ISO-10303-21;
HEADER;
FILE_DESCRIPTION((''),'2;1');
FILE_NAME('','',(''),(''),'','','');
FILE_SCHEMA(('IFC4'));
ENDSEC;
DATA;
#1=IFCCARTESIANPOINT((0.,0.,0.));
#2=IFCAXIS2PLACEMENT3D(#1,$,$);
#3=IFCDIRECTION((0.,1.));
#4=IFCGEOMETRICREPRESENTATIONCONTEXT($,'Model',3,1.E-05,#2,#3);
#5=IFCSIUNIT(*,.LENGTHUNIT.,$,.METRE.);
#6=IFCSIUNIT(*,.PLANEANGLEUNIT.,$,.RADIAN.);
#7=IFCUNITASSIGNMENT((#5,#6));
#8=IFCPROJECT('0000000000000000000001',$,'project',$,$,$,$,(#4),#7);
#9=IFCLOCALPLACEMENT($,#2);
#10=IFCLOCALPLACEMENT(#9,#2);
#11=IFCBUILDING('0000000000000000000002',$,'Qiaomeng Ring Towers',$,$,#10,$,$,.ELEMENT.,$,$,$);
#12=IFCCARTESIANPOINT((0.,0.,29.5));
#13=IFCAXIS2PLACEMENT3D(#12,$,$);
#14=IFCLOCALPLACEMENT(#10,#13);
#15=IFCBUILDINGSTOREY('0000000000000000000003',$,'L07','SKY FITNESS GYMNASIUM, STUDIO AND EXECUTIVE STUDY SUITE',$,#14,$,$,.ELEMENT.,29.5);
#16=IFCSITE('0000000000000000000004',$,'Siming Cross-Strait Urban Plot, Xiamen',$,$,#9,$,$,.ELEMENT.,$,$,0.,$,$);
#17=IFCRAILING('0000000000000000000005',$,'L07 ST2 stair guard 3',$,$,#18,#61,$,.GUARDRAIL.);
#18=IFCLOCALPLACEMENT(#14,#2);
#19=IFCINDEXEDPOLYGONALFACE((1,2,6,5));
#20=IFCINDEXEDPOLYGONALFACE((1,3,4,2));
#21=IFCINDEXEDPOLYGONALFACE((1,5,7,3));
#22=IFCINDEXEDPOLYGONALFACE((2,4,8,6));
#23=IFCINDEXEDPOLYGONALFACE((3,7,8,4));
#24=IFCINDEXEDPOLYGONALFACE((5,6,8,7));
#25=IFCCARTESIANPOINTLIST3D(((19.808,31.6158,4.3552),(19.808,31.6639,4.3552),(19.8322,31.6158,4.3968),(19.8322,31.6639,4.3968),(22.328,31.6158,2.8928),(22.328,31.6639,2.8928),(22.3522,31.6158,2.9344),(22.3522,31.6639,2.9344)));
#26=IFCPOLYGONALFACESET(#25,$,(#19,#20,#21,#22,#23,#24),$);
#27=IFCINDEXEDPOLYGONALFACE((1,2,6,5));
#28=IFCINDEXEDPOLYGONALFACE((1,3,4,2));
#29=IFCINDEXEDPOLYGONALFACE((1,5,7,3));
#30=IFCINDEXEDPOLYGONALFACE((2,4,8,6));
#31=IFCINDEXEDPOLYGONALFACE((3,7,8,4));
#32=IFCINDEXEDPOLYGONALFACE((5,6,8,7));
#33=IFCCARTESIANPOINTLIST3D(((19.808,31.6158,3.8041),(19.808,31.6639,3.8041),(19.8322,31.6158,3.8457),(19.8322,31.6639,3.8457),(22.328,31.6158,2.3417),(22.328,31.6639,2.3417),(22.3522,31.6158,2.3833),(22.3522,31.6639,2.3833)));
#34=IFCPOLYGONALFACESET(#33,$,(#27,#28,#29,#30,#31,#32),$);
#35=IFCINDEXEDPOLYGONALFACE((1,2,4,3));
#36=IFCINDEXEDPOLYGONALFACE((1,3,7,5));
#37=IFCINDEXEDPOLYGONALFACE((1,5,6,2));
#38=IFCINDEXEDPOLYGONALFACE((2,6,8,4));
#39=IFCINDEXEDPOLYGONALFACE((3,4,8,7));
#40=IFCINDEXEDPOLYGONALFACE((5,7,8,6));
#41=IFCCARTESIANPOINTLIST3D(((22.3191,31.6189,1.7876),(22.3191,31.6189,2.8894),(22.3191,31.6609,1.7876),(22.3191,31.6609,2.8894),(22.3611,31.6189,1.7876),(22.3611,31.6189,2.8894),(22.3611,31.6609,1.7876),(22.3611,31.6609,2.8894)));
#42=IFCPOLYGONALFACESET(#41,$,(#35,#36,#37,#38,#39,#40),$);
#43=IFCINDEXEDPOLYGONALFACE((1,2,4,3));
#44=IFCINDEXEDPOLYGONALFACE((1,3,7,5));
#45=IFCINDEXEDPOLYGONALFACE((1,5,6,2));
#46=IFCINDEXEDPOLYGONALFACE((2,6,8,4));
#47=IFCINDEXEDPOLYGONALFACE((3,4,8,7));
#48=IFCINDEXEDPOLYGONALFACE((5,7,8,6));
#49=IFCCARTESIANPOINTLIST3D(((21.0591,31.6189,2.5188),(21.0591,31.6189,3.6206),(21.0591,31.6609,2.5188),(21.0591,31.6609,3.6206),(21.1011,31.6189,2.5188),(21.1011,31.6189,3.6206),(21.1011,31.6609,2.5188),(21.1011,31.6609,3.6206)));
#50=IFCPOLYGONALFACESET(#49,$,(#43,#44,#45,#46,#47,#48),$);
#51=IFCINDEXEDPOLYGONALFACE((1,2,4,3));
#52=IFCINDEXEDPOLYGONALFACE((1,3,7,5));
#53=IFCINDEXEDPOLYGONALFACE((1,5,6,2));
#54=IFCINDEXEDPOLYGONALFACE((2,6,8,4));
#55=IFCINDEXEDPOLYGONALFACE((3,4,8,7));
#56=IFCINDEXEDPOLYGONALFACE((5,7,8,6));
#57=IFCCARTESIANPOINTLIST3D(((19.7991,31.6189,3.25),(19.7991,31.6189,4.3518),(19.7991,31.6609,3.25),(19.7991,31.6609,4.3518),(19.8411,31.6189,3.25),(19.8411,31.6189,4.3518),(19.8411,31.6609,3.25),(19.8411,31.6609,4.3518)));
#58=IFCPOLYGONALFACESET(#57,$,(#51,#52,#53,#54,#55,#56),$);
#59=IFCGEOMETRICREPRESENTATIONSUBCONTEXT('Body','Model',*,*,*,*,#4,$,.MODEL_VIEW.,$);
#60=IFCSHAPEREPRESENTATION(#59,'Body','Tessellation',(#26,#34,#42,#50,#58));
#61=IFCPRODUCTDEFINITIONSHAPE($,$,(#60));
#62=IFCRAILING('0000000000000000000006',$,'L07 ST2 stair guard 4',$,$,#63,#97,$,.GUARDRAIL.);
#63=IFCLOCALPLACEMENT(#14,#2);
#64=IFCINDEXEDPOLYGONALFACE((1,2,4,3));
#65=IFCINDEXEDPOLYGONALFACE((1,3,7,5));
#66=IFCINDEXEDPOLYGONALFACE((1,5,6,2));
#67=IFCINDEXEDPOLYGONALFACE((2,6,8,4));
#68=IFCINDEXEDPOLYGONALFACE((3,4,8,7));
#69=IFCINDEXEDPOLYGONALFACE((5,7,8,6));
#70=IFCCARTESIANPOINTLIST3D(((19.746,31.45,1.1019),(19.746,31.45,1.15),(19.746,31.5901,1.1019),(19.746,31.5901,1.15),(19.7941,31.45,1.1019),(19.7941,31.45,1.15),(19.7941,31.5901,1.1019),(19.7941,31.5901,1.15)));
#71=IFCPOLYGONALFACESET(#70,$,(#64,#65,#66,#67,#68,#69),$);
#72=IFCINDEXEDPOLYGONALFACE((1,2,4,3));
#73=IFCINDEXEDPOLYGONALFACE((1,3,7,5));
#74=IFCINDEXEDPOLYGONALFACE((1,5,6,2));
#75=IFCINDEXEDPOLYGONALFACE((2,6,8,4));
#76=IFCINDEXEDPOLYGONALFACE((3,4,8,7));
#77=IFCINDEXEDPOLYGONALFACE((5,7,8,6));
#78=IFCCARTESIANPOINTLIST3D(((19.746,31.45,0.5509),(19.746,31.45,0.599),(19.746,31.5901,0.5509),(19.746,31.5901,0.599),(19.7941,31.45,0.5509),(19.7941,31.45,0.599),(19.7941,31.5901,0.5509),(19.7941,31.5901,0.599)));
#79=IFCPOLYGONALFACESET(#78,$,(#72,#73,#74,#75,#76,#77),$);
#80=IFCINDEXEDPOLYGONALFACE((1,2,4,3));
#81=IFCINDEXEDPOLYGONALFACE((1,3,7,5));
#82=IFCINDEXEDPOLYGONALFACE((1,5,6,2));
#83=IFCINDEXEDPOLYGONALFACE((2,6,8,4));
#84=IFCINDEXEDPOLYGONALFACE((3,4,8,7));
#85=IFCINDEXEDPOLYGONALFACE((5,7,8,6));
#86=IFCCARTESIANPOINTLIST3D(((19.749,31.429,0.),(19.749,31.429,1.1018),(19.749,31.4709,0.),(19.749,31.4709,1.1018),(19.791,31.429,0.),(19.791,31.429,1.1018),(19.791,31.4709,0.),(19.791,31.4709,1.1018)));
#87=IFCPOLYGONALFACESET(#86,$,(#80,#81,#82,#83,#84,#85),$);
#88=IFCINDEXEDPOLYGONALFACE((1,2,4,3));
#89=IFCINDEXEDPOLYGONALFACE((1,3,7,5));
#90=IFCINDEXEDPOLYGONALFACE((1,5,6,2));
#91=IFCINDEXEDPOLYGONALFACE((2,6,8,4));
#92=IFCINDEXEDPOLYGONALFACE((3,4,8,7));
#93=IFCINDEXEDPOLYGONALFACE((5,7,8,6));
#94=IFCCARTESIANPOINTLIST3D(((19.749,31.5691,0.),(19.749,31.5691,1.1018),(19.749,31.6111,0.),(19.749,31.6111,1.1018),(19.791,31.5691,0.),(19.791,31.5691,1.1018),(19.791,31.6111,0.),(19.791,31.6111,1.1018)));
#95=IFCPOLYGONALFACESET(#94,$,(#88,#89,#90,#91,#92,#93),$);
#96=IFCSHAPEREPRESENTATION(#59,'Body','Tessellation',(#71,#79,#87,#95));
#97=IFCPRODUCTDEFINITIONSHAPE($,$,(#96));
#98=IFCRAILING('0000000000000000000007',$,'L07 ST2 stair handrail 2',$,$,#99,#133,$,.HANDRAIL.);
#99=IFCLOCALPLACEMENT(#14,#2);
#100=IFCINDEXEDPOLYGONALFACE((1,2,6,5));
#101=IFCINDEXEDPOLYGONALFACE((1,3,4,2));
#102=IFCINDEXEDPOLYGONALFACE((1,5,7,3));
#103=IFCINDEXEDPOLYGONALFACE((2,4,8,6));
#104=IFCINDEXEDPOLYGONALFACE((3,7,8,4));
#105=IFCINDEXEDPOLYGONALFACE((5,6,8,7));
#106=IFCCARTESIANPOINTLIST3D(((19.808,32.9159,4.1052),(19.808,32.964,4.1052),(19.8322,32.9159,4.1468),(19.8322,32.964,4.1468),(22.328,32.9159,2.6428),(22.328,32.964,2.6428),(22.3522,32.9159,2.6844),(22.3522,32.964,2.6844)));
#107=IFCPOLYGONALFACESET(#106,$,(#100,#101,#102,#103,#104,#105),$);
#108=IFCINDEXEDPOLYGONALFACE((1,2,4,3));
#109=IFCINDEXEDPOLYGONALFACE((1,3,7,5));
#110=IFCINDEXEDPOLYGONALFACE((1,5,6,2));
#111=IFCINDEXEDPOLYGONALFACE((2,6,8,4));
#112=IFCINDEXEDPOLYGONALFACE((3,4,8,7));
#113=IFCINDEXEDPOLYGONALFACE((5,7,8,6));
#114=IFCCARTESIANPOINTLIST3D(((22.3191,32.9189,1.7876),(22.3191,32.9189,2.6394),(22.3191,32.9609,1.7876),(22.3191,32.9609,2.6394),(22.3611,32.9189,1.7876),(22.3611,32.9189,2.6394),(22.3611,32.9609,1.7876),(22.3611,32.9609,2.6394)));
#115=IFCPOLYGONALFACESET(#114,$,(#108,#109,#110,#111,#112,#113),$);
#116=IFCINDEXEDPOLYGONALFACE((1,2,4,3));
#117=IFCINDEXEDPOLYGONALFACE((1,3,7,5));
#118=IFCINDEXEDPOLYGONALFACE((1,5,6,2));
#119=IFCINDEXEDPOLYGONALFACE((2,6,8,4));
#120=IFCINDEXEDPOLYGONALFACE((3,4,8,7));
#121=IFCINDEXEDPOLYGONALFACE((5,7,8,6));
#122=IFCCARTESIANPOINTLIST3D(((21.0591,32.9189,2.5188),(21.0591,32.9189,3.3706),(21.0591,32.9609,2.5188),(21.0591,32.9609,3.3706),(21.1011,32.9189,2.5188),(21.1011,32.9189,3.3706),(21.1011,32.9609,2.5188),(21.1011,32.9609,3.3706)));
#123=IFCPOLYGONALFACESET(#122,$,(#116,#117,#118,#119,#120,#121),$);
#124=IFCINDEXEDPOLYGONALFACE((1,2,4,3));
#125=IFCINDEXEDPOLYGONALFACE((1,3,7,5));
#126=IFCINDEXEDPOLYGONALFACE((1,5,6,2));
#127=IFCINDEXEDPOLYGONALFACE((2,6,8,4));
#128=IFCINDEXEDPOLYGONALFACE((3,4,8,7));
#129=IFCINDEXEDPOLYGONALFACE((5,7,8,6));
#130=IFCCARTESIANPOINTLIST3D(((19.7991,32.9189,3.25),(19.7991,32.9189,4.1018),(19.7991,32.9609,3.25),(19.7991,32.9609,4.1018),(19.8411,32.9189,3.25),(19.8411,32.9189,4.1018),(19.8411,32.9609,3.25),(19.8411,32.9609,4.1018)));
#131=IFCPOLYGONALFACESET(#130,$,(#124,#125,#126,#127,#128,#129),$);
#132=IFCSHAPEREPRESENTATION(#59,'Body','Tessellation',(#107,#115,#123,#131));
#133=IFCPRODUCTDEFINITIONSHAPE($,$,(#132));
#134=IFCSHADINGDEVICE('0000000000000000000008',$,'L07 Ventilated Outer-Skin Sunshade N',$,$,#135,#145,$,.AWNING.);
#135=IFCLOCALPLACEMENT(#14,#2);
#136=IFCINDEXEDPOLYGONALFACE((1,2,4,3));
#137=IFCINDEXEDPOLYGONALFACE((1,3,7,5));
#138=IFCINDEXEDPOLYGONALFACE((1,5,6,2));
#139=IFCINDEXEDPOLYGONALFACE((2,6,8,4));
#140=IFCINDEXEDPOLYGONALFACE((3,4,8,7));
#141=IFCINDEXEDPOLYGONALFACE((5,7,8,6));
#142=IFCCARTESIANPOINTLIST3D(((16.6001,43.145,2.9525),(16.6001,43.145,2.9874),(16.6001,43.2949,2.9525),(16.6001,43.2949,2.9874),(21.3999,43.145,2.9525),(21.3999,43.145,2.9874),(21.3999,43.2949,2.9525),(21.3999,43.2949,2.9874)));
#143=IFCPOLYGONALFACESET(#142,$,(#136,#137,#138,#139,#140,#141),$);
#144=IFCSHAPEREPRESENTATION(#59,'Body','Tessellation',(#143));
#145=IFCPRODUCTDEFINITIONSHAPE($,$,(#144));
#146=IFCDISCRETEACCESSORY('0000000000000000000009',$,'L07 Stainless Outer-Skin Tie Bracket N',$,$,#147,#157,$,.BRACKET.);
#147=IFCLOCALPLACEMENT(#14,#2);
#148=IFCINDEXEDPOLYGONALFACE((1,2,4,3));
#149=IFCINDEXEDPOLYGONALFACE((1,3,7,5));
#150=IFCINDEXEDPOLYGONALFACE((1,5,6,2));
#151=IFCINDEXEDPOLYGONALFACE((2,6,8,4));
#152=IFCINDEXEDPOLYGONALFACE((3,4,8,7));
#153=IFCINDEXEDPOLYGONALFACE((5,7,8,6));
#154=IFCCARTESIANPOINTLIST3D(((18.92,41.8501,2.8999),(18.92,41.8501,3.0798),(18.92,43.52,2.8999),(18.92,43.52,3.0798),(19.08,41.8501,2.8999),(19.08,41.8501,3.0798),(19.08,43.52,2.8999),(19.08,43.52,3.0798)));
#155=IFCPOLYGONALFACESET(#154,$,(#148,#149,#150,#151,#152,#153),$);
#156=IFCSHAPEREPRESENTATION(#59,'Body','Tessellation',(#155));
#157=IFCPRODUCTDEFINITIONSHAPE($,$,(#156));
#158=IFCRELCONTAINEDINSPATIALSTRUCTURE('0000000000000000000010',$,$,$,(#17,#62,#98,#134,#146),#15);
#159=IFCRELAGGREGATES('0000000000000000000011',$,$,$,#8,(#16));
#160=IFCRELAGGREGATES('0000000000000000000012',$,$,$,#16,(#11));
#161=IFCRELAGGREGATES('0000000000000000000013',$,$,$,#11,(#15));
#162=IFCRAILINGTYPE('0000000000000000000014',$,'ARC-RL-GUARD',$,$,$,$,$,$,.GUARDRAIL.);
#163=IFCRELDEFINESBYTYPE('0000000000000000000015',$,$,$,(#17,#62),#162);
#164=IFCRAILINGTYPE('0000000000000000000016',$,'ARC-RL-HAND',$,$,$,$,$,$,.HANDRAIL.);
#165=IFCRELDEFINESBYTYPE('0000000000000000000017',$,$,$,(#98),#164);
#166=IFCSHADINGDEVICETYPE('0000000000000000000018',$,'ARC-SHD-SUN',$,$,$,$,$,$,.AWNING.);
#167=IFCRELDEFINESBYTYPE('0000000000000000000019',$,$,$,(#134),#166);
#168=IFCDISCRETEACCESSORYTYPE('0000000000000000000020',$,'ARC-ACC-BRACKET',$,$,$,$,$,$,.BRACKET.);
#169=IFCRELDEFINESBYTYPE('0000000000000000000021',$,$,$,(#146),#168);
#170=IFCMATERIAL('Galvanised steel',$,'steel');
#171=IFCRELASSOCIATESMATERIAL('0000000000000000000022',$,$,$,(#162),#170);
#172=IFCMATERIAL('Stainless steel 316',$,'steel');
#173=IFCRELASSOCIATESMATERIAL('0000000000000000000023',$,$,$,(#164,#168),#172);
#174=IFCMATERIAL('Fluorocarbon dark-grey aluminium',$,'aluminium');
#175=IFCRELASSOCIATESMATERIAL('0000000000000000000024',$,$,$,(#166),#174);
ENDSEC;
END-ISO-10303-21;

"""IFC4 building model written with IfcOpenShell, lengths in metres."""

from ifc_helpers import new_model, si_unit, direction, frame, origin, origin_2d, place, context, subcontext, project, spatial, rectangle, extrude, source, transform, mapped, material, material_profile, profile_set, type_object, element, save


model = new_model("IFC4")

# Units and contexts
model_context = context("Model", 3, precision=1e-05, world=origin(), true_north=direction((0.0, 1.0)))
body_context = subcontext(model_context, "Body", "Model", "MODEL_VIEW")
ifc_project = project(units=[si_unit("LENGTHUNIT", "METRE"), si_unit("PLANEANGLEUNIT", "RADIAN")], contexts=[model_context])

# Site, building, storey
site_placement = place(None, origin())
site = spatial("IfcSite", under=ifc_project, at=site_placement, Name="Siming Cross-Strait Urban Plot, Xiamen", CompositionType="ELEMENT", RefElevation=0.0)
building_placement = place(site_placement, origin())
building = spatial("IfcBuilding", under=site, at=building_placement, Name="Qiaomeng Ring Towers", CompositionType="ELEMENT")
storey_placement = place(building_placement, frame((0.0, 0.0, 29.5)))
storey = spatial("IfcBuildingStorey", under=building, at=storey_placement, Name="L07", Description="SKY FITNESS GYMNASIUM, STUDIO AND EXECUTIVE STUDY SUITE", CompositionType="ELEMENT", Elevation=29.5)

# Shared definitions
ifc_material_1 = material(Name="Galvanised steel", Category="steel")

# Railings
railing_type_1 = type_object("IfcRailingType", Name="ARC-RL-GUARD", PredefinedType="GUARDRAIL", material=ifc_material_1)
railing_1_placement = place(storey_placement, frame((22.3401, 31.6399, 1.7876)))
element("IfcRailing", 1, at=railing_1_placement, inside=storey, type_object=railing_type_1, Name="L07 ST2 stair guard 3", PredefinedType="GUARDRAIL", context=body_context, shape_type="SweptSolid", body=[
    extrude(rectangle(XDim=0.0481, YDim=0.0481, at=origin_2d()), frame((0.0, 0.0, 1.126), z_axis=(-0.864913, 0.0, 0.501921), x_axis=(0.0, -1.0, 0.0)), (0.0, 0.0, 1.0), 2.9136),
    extrude(rectangle(XDim=0.0481, YDim=0.0481, at=origin_2d()), frame((0.0, 0.0, 0.575), z_axis=(-0.864913, 0.0, 0.501921), x_axis=(0.0, -1.0, 0.0)), (0.0, 0.0, 1.0), 2.9136),
    extrude(rectangle(XDim=0.042, YDim=0.042, at=origin_2d()), origin(), (0.0, 0.0, 1.0), 1.1018),
    extrude(rectangle(XDim=0.042, YDim=0.042, at=origin_2d()), frame((-1.26, 0.0, 0.7312)), (0.0, 0.0, 1.0), 1.1018),
    extrude(rectangle(XDim=0.042, YDim=0.042, at=origin_2d()), frame((-2.52, 0.0, 1.4624)), (0.0, 0.0, 1.0), 1.1018),
])
railing_2_placement = place(storey_placement, frame((19.77, 31.45, 0.0)))
element("IfcRailing", 2, at=railing_2_placement, inside=storey, type_object=railing_type_1, Name="L07 ST2 stair guard 4", PredefinedType="GUARDRAIL", context=body_context, shape_type="SweptSolid", body=[
    extrude(rectangle(XDim=0.0481, YDim=0.0481, at=origin_2d()), frame((0.0, 0.0, 1.126), z_axis=(0.0, 1.0, 0.0), x_axis=(-1.0, 0.0, 0.0)), (0.0, 0.0, 1.0), 0.1401),
    extrude(rectangle(XDim=0.0481, YDim=0.0481, at=origin_2d()), frame((0.0, 0.0, 0.575), z_axis=(0.0, 1.0, 0.0), x_axis=(-1.0, 0.0, 0.0)), (0.0, 0.0, 1.0), 0.1401),
    extrude(rectangle(XDim=0.042, YDim=0.042, at=origin_2d()), origin(), (0.0, 0.0, 1.0), 1.1018),
    extrude(rectangle(XDim=0.042, YDim=0.042, at=origin_2d()), frame((0.0, 0.1401, 0.0)), (0.0, 0.0, 1.0), 1.1018),
])
ifc_material_2 = material(Name="Stainless steel 316", Category="steel")
railing_type_2 = type_object("IfcRailingType", Name="ARC-RL-HAND", PredefinedType="HANDRAIL", material=ifc_material_2)
railing_3_placement = place(storey_placement, frame((22.3401, 32.9399, 1.7876)))
element("IfcRailing", 3, at=railing_3_placement, inside=storey, type_object=railing_type_2, Name="L07 ST2 stair handrail 2", PredefinedType="HANDRAIL", context=body_context, shape_type="SweptSolid", body=[
    extrude(rectangle(XDim=0.0481, YDim=0.0481, at=origin_2d()), frame((0.0, 0.0, 0.876), z_axis=(-0.864913, 0.0, 0.501921), x_axis=(0.0, -1.0, 0.0)), (0.0, 0.0, 1.0), 2.9136),
    extrude(rectangle(XDim=0.042, YDim=0.042, at=origin_2d()), origin(), (0.0, 0.0, 1.0), 0.8518),
    extrude(rectangle(XDim=0.042, YDim=0.042, at=origin_2d()), frame((-1.26, 0.0, 0.7312)), (0.0, 0.0, 1.0), 0.8518),
    extrude(rectangle(XDim=0.042, YDim=0.042, at=origin_2d()), frame((-2.52, 0.0, 1.4624)), (0.0, 0.0, 1.0), 0.8518),
])

# Shading device
ifc_material_3 = material(Name="Fluorocarbon dark-grey aluminium", Category="aluminium")
ifc_material_profile_1 = material_profile(ifc_material_3, rectangle(XDim=0.1499, YDim=0.0349, at=origin_2d()), Name="LV BLADE 150x35")
ifc_profile_set_1 = profile_set([ifc_material_profile_1], Name="Fluorocarbon dark-grey aluminium")
shading_device_type = type_object("IfcShadingDeviceType", Name="ARC-SHD-SUN", PredefinedType="AWNING", material=ifc_profile_set_1)
shared_shape_1 = source(origin(), body_context, "Body", "SweptSolid", [
    extrude(rectangle(XDim=0.1499, YDim=0.0349, at=origin_2d()), origin(), (0.0, 0.0, 1.0), 4.7998),
])
shading_device_placement = place(storey_placement, frame((16.6001, 43.22, 2.97), z_axis=(1.0, 0.0, 0.0), x_axis=(0.0, 1.0, 0.0)))
element("IfcShadingDevice", 4, at=shading_device_placement, inside=storey, type_object=shading_device_type, Name="L07 Ventilated Outer-Skin Sunshade N", PredefinedType="AWNING", context=body_context, shape_type="MappedRepresentation", body=[
    mapped(shared_shape_1, transform((0.0, 0.0, 0.0), x_axis=(1.0, 0.0, 0.0), y_axis=(0.0, 1.0, 0.0), z_axis=(0.0, 0.0, 1.0), scale=1.0)),
])

# Discrete accessory
discrete_accessory_type = type_object("IfcDiscreteAccessoryType", Name="ARC-ACC-BRACKET", PredefinedType="BRACKET", material=ifc_material_2)
shared_shape_2 = source(origin(), body_context, "Body", "SweptSolid", [
    extrude(rectangle(XDim=0.1599, YDim=1.6699, at=origin_2d()), origin(), (0.0, 0.0, 1.0), 0.1799),
])
discrete_accessory_placement = place(storey_placement, frame((19.0, 42.6851, 2.8999), z_axis=(0.0, 0.0, 1.0), x_axis=(1.0, 0.0, 0.0)))
element("IfcDiscreteAccessory", 5, at=discrete_accessory_placement, inside=storey, type_object=discrete_accessory_type, Name="L07 Stainless Outer-Skin Tie Bracket N", PredefinedType="BRACKET", context=body_context, shape_type="MappedRepresentation", body=[
    mapped(shared_shape_2, transform((0.0, 0.0, 0.0), x_axis=(1.0, 0.0, 0.0), y_axis=(0.0, 1.0, 0.0), z_axis=(0.0, 0.0, 1.0), scale=1.0)),
])

save(model, "model.ifc")
